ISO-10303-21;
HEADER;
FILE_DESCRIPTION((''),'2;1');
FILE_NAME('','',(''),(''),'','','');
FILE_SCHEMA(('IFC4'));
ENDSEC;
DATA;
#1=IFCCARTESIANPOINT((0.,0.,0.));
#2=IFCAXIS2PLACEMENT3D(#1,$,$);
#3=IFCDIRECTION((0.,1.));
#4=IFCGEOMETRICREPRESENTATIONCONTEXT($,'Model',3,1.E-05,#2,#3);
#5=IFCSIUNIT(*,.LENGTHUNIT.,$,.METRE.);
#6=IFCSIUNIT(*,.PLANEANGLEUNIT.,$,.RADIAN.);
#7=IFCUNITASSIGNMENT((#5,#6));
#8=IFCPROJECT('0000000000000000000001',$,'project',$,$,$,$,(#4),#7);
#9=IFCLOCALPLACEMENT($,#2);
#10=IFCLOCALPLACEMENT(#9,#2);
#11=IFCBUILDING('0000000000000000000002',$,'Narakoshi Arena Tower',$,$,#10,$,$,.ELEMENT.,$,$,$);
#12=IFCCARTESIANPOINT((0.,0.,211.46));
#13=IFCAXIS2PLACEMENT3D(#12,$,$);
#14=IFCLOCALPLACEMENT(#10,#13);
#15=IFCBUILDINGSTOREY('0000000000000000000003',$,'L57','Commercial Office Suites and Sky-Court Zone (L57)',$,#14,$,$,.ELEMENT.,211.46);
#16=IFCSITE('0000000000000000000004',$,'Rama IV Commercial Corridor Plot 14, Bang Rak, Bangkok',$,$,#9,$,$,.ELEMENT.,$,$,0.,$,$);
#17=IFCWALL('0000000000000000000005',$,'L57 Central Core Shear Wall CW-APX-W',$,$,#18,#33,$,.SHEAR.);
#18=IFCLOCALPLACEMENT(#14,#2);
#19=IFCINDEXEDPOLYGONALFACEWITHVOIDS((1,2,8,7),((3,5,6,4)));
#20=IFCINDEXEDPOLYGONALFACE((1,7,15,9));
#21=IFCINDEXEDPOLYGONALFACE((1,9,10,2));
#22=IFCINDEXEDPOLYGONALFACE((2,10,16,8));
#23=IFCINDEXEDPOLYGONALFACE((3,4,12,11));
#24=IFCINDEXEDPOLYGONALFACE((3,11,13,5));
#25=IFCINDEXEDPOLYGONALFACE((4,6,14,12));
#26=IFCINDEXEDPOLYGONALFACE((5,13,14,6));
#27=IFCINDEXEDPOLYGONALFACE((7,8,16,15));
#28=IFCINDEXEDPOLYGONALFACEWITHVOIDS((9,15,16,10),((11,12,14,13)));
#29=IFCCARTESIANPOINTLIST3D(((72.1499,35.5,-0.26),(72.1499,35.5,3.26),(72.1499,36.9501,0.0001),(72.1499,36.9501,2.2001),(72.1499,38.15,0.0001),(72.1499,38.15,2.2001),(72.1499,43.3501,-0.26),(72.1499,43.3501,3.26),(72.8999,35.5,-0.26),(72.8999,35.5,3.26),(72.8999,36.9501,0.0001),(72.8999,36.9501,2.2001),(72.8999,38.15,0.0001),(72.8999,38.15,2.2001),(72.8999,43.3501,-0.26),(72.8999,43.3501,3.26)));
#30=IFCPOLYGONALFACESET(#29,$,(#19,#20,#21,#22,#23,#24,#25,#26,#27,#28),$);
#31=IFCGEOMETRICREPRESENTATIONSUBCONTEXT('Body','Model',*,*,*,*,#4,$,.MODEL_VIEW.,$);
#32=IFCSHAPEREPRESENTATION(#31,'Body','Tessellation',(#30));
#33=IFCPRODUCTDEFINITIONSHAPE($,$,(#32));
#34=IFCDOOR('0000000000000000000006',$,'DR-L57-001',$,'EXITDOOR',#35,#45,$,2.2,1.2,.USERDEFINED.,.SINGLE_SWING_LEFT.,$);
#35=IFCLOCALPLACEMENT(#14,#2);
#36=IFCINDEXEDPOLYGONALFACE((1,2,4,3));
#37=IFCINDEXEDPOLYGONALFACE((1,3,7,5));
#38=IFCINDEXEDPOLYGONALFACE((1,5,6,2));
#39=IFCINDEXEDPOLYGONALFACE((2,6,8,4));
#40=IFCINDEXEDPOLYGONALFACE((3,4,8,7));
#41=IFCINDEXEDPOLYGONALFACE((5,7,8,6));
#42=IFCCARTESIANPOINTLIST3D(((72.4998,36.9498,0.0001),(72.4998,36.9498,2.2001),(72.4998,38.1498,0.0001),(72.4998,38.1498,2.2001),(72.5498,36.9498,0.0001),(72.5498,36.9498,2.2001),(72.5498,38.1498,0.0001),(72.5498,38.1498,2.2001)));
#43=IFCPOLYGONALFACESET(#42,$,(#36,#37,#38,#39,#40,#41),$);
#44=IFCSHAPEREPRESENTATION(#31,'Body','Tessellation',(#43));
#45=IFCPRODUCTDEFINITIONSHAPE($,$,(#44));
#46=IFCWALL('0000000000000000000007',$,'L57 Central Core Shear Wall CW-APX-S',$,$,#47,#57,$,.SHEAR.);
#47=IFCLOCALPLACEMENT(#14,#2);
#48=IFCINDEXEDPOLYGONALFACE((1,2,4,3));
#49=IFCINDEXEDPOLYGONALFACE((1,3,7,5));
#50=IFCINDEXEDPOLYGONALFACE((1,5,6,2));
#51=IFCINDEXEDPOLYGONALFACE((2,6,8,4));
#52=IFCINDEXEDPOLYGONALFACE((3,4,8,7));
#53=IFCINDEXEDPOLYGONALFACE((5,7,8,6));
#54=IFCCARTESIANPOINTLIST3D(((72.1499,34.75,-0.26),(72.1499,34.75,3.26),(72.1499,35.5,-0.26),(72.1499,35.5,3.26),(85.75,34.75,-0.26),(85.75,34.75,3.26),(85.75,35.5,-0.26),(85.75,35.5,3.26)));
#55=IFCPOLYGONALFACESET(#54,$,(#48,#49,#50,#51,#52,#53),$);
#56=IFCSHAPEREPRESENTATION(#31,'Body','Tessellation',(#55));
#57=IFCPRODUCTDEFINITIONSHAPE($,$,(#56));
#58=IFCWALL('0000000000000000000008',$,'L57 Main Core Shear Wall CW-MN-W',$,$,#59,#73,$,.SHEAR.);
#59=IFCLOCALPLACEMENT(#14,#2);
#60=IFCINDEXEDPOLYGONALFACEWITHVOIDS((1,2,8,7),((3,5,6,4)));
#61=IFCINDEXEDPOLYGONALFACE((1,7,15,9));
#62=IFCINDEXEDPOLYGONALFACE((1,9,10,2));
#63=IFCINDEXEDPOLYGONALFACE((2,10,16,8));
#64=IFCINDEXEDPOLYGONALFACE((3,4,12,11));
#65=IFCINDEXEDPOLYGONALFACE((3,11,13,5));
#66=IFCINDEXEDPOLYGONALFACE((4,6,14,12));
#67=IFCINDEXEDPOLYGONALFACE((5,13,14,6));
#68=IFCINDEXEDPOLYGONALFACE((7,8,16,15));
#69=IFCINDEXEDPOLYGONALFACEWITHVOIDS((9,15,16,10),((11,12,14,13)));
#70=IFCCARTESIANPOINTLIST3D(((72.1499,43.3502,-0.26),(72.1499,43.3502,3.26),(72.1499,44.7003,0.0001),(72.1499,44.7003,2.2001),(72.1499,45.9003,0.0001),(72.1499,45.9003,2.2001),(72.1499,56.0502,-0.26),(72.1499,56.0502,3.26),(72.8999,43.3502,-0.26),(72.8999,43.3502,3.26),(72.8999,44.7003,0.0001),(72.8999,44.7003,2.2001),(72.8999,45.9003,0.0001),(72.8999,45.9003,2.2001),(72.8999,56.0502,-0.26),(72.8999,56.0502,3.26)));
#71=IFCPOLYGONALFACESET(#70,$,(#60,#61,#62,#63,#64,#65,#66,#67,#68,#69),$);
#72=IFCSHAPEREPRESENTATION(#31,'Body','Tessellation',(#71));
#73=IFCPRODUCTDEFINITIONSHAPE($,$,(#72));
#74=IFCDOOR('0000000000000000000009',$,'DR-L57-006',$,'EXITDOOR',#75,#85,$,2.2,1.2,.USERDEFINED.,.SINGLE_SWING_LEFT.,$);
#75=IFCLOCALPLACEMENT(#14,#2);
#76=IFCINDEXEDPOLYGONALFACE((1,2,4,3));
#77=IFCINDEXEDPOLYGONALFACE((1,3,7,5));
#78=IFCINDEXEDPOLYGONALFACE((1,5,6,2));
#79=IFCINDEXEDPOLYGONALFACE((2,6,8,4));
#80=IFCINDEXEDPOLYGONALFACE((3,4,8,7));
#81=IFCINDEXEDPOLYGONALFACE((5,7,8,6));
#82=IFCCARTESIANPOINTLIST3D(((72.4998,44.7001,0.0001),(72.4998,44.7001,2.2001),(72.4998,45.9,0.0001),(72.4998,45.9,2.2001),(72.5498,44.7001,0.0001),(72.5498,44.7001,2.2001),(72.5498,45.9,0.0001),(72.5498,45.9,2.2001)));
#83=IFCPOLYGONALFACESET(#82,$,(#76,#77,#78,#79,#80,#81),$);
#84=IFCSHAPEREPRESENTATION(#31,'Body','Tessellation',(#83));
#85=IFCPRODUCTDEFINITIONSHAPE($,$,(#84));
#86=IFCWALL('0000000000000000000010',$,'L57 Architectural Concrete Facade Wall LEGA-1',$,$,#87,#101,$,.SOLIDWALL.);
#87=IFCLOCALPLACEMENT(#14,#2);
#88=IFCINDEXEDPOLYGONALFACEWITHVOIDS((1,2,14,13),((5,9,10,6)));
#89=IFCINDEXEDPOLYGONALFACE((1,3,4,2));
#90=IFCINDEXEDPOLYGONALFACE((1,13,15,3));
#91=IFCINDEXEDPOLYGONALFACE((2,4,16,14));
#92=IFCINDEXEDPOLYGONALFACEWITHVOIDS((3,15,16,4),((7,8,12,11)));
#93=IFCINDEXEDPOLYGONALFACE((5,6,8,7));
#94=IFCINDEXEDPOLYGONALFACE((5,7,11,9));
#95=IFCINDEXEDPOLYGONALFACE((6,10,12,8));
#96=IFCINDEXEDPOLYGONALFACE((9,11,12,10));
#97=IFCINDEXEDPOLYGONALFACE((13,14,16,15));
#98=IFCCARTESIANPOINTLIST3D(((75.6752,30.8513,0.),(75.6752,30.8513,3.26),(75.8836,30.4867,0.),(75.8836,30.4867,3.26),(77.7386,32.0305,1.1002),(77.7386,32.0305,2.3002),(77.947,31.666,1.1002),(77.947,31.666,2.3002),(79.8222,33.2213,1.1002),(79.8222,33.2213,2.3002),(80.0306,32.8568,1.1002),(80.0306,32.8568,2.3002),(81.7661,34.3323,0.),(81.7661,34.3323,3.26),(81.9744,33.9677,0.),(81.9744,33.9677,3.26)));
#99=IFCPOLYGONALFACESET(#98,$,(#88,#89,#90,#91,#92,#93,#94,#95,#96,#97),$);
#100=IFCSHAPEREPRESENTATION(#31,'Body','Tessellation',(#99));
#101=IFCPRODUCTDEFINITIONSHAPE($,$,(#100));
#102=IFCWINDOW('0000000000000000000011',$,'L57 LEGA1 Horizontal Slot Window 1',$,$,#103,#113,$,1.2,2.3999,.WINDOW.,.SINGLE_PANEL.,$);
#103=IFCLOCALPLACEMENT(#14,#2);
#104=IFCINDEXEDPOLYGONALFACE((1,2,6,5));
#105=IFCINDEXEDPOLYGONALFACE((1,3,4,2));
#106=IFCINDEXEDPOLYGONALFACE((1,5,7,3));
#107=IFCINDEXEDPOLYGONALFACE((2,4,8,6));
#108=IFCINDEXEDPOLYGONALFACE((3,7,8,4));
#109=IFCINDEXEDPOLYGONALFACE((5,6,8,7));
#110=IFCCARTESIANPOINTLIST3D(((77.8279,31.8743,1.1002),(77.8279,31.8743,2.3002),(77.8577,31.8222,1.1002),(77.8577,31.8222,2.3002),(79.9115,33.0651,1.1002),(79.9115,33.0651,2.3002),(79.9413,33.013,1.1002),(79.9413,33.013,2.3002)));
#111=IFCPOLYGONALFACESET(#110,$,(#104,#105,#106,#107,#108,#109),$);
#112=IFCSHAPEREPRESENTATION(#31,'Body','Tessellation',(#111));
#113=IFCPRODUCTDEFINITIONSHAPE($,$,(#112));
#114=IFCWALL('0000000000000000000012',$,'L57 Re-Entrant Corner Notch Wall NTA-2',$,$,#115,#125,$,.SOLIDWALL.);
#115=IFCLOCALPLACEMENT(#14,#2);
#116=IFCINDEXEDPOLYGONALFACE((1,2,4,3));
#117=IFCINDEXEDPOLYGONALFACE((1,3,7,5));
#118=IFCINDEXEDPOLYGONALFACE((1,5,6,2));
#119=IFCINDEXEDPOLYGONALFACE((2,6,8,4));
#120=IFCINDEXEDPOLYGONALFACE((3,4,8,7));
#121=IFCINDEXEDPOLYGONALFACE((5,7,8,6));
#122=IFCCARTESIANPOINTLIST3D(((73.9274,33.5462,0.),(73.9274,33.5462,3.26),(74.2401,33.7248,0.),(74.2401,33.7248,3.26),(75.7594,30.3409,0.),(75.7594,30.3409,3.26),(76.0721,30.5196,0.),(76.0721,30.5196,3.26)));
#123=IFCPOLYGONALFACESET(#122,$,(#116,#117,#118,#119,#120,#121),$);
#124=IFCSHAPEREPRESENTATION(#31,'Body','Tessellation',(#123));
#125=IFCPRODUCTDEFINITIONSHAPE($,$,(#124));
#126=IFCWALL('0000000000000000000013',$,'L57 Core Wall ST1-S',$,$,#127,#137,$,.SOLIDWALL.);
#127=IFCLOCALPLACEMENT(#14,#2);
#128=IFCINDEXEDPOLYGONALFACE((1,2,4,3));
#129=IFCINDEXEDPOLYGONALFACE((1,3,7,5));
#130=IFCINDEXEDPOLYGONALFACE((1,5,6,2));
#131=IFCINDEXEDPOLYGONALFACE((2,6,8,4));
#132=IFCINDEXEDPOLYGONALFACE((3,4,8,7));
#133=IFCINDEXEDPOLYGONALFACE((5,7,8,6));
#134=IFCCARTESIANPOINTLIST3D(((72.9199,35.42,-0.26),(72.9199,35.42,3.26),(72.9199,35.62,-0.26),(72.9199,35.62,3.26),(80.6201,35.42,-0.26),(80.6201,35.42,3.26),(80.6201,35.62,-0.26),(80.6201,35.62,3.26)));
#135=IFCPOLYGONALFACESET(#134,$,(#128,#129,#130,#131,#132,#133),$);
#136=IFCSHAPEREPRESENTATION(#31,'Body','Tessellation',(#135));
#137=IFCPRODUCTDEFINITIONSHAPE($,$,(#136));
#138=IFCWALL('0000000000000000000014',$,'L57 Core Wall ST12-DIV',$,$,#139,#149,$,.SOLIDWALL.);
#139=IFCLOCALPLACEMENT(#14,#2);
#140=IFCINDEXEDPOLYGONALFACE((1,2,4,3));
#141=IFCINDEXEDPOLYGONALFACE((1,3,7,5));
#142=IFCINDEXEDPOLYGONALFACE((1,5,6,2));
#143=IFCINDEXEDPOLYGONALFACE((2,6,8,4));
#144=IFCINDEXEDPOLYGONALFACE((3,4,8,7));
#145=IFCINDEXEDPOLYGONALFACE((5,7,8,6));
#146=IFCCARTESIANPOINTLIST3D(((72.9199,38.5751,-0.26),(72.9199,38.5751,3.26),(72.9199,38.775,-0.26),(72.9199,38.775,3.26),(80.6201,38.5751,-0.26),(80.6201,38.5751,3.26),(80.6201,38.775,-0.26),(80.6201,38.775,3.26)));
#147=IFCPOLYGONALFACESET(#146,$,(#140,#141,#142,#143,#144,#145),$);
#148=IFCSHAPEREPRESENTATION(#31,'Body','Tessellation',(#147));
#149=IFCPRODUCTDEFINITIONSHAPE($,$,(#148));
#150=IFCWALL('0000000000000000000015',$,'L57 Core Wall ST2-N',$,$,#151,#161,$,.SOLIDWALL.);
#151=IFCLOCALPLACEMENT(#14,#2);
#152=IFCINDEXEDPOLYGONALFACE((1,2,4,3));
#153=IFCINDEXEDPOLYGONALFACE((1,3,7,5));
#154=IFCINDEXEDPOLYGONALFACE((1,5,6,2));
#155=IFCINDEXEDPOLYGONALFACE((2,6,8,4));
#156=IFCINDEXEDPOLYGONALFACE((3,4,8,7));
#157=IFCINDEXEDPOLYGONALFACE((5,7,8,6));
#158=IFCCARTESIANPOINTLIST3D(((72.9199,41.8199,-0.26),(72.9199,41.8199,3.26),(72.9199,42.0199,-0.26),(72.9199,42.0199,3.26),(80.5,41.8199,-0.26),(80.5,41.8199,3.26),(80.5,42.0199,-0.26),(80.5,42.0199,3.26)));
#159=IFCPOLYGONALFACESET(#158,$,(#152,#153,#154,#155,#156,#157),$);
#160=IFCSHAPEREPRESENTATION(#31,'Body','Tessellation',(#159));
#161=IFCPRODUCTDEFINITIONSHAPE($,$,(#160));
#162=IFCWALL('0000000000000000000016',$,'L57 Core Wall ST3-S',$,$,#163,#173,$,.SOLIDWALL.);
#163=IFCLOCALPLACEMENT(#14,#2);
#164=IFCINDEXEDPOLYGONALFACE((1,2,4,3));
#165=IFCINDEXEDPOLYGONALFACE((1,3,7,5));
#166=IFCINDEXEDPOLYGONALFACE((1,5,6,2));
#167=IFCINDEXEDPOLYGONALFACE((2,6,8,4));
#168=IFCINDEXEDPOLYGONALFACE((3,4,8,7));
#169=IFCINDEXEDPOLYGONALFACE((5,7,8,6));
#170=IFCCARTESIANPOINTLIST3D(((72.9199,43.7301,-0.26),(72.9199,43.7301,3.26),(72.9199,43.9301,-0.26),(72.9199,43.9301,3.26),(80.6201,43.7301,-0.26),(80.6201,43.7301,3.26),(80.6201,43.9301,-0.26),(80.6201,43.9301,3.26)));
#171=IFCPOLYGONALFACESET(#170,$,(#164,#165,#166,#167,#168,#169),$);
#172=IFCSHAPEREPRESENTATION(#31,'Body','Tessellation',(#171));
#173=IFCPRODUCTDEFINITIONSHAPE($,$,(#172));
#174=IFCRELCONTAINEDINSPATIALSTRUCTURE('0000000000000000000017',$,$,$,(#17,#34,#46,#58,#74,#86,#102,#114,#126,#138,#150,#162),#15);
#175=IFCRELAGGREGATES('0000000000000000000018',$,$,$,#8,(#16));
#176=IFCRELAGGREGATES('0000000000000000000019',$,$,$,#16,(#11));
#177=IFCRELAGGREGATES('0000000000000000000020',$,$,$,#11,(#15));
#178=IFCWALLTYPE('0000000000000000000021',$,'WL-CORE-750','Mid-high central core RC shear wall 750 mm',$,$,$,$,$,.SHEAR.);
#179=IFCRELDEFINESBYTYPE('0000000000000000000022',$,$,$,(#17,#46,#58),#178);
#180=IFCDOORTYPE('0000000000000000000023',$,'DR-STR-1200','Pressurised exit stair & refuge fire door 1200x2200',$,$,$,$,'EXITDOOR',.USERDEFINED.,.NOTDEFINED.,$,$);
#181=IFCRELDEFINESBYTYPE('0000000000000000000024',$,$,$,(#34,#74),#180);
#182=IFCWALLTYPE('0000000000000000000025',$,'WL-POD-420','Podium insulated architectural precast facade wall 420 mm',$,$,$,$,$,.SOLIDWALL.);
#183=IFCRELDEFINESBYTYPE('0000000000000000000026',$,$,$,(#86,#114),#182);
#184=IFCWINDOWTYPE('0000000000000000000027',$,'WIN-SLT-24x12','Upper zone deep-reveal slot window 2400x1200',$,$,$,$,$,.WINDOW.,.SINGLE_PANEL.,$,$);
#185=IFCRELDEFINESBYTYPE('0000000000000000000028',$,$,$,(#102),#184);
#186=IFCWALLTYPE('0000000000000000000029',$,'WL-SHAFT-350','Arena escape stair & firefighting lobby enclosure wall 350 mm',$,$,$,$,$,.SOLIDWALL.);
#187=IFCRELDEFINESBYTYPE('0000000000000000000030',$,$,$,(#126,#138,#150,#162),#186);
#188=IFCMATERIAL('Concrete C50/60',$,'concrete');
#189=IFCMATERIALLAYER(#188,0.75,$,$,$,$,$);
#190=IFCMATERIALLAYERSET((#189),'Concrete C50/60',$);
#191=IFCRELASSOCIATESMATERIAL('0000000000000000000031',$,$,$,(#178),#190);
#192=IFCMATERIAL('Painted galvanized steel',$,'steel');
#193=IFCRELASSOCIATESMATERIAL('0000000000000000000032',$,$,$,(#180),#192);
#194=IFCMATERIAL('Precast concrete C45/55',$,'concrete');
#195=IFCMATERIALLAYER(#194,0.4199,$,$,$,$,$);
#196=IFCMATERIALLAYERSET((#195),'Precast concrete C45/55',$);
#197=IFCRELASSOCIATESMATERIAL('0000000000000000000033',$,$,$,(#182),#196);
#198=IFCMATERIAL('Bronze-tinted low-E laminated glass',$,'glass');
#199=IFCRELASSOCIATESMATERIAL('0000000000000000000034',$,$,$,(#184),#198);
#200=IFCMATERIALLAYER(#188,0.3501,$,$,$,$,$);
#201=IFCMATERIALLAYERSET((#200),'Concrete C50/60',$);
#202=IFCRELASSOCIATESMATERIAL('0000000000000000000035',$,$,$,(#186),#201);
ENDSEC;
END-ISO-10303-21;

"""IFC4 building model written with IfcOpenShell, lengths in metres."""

from ifc_helpers import new_model, si_unit, direction, frame, frame_2d, origin, place, context, subcontext, project, spatial, rectangle, extrude, material, layer, layer_set, type_object, element, fill, save


model = new_model("IFC4")

# Units and contexts
model_context = context("Model", 3, precision=1e-05, world=origin(), true_north=direction((0.0, 1.0)))
body_context = subcontext(model_context, "Body", "Model", "MODEL_VIEW")
ifc_project = project(units=[si_unit("LENGTHUNIT", "METRE"), si_unit("PLANEANGLEUNIT", "RADIAN")], contexts=[model_context])

# Site, building, storey
site_placement = place(None, origin())
site = spatial("IfcSite", under=ifc_project, at=site_placement, Name="Rama IV Commercial Corridor Plot 14, Bang Rak, Bangkok", CompositionType="ELEMENT", RefElevation=0.0)
building_placement = place(site_placement, origin())
building = spatial("IfcBuilding", under=site, at=building_placement, Name="Narakoshi Arena Tower", CompositionType="ELEMENT")
storey_placement = place(building_placement, frame((0.0, 0.0, 211.46)))
storey = spatial("IfcBuildingStorey", under=building, at=storey_placement, Name="L57", Description="Commercial Office Suites and Sky-Court Zone (L57)", CompositionType="ELEMENT", Elevation=211.46)

# Wall, opening, door
ifc_material_1 = material(Name="Concrete C50/60", Category="concrete")
ifc_layer_1 = layer(ifc_material_1, 0.75)
ifc_layer_set_1 = layer_set([ifc_layer_1], Name="Concrete C50/60")
wall_type_1 = type_object("IfcWallType", Name="WL-CORE-750", Description="Mid-high central core RC shear wall 750 mm", PredefinedType="SHEAR", material=ifc_layer_set_1)
wall_1_placement = place(storey_placement, frame((72.5249, 35.5, -0.26), z_axis=(0.0, 0.0, 1.0), x_axis=(0.0, 1.0, 0.0)))
wall_1 = element("IfcWall", 1, at=wall_1_placement, inside=storey, type_object=wall_type_1, Name="L57 Central Core Shear Wall CW-APX-W", PredefinedType="SHEAR", context=body_context, shape_type="SweptSolid", body=[
    extrude(rectangle(XDim=7.8501, YDim=0.75, at=frame_2d((3.925, 0.0))), origin(), (0.0, 0.0, 1.0), 3.52),
])
opening_1_placement = place(wall_1_placement, frame((1.45, 0.0, 0.26)))
opening_1 = element("IfcOpeningElement", 2, at=opening_1_placement, cuts=wall_1, PredefinedType="OPENING", context=body_context, shape_type="SweptSolid", body=[
    extrude(rectangle(XDim=1.2, YDim=2.2, at=frame_2d((0.6001, 1.1001))), frame((0.0, 0.385, 0.0), z_axis=(0.0, -1.0, 0.0), x_axis=(1.0, 0.0, 0.0)), (0.0, 0.0, 1.0), 0.77),
])
ifc_material_2 = material(Name="Painted galvanized steel", Category="steel")
door_type = type_object("IfcDoorType", Name="DR-STR-1200", Description="Pressurised exit stair & refuge fire door 1200x2200", ElementType="EXITDOOR", OperationType="NOTDEFINED", PredefinedType="USERDEFINED", material=ifc_material_2)
door_1_placement = place(opening_1_placement, frame((1.2, 0.0, 0.0), z_axis=(0.0, 0.0, 1.0), x_axis=(-1.0, 0.0, 0.0)))
door_1 = element("IfcDoor", 3, at=door_1_placement, inside=storey, type_object=door_type, Name="DR-L57-001", ObjectType="EXITDOOR", OperationType="SINGLE_SWING_LEFT", OverallHeight=2.2, OverallWidth=1.2, PredefinedType="USERDEFINED", context=body_context, shape_type="SweptSolid", body=[
    extrude(rectangle(XDim=1.2, YDim=2.2, at=frame_2d((0.6001, 1.1001))), frame((0.0, 0.0249, 0.0), z_axis=(0.0, -1.0, 0.0), x_axis=(1.0, 0.0, 0.0)), (0.0, 0.0, 1.0), 0.05),
])
fill(opening_1, door_1)

# Wall
wall_2_placement = place(storey_placement, frame((72.1499, 35.125, -0.26), z_axis=(0.0, 0.0, 1.0), x_axis=(1.0, 0.0, 0.0)))
element("IfcWall", 4, at=wall_2_placement, inside=storey, type_object=wall_type_1, Name="L57 Central Core Shear Wall CW-APX-S", PredefinedType="SHEAR", context=body_context, shape_type="SweptSolid", body=[
    extrude(rectangle(XDim=13.6001, YDim=0.75, at=frame_2d((6.8, 0.0))), origin(), (0.0, 0.0, 1.0), 3.52),
])

# Wall, opening, door
wall_3_placement = place(storey_placement, frame((72.5249, 43.3501, -0.26), z_axis=(0.0, 0.0, 1.0), x_axis=(0.0, 1.0, 0.0)))
wall_3 = element("IfcWall", 5, at=wall_3_placement, inside=storey, type_object=wall_type_1, Name="L57 Main Core Shear Wall CW-MN-W", PredefinedType="SHEAR", context=body_context, shape_type="SweptSolid", body=[
    extrude(rectangle(XDim=12.7, YDim=0.75, at=frame_2d((6.3501, 0.0))), origin(), (0.0, 0.0, 1.0), 3.52),
])
opening_2_placement = place(wall_3_placement, frame((1.3501, 0.0, 0.26)))
opening_2 = element("IfcOpeningElement", 6, at=opening_2_placement, cuts=wall_3, PredefinedType="OPENING", context=body_context, shape_type="SweptSolid", body=[
    extrude(rectangle(XDim=1.2, YDim=2.2, at=frame_2d((0.6001, 1.1001))), frame((0.0, 0.385, 0.0), z_axis=(0.0, -1.0, 0.0), x_axis=(1.0, 0.0, 0.0)), (0.0, 0.0, 1.0), 0.77),
])
door_2_placement = place(opening_2_placement, frame((1.2, 0.0, 0.0), z_axis=(0.0, 0.0, 1.0), x_axis=(-1.0, 0.0, 0.0)))
door_2 = element("IfcDoor", 7, at=door_2_placement, inside=storey, type_object=door_type, Name="DR-L57-006", ObjectType="EXITDOOR", OperationType="SINGLE_SWING_LEFT", OverallHeight=2.2, OverallWidth=1.2, PredefinedType="USERDEFINED", context=body_context, shape_type="SweptSolid", body=[
    extrude(rectangle(XDim=1.2, YDim=2.2, at=frame_2d((0.6001, 1.1001))), frame((0.0, 0.0249, 0.0), z_axis=(0.0, -1.0, 0.0), x_axis=(1.0, 0.0, 0.0)), (0.0, 0.0, 1.0), 0.05),
])
fill(opening_2, door_2)

# Wall, opening, window
ifc_material_3 = material(Name="Precast concrete C45/55", Category="concrete")
ifc_layer_2 = layer(ifc_material_3, 0.4199)
ifc_layer_set_2 = layer_set([ifc_layer_2], Name="Precast concrete C45/55")
wall_type_2 = type_object("IfcWallType", Name="WL-POD-420", Description="Podium insulated architectural precast facade wall 420 mm", PredefinedType="SOLIDWALL", material=ifc_layer_set_2)
wall_4_placement = place(storey_placement, frame((75.7793, 30.6689, 0.0), z_axis=(0.0, 0.0, 1.0), x_axis=(0.868213, 0.496191, 0.0)))
wall_4 = element("IfcWall", 8, at=wall_4_placement, inside=storey, type_object=wall_type_2, Name="L57 Architectural Concrete Facade Wall LEGA-1", PredefinedType="SOLIDWALL", context=body_context, shape_type="SweptSolid", body=[
    extrude(rectangle(XDim=7.0154, YDim=0.4199, at=frame_2d((3.5078, 0.0))), origin(), (0.0, 0.0, 1.0), 3.26),
])
opening_3_placement = place(wall_4_placement, frame((2.3767, 0.0, 1.1001)))
opening_3 = element("IfcOpeningElement", 9, at=opening_3_placement, cuts=wall_4, PredefinedType="OPENING", context=body_context, shape_type="SweptSolid", body=[
    extrude(rectangle(XDim=2.3999, YDim=1.2, at=frame_2d((1.2, 0.6001))), frame((0.0, 0.22, 0.0), z_axis=(0.0, -1.0, 0.0), x_axis=(1.0, 0.0, 0.0)), (0.0, 0.0, 1.0), 0.4399),
])
ifc_material_4 = material(Name="Bronze-tinted low-E laminated glass", Category="glass")
window_type = type_object("IfcWindowType", Name="WIN-SLT-24x12", Description="Upper zone deep-reveal slot window 2400x1200", PartitioningType="SINGLE_PANEL", PredefinedType="WINDOW", material=ifc_material_4)
window_placement = place(opening_3_placement, origin())
window = element("IfcWindow", 10, at=window_placement, inside=storey, type_object=window_type, Name="L57 LEGA1 Horizontal Slot Window 1", OverallHeight=1.2, OverallWidth=2.3999, PartitioningType="SINGLE_PANEL", PredefinedType="WINDOW", context=body_context, shape_type="SweptSolid", body=[
    extrude(rectangle(XDim=2.3999, YDim=1.2, at=frame_2d((1.2, 0.6001))), frame((0.0, 0.03, 0.0), z_axis=(0.0, -1.0, 0.0), x_axis=(1.0, 0.0, 0.0)), (0.0, 0.0, 1.0), 0.0601),
])
fill(opening_3, window)

# Walls
wall_5_placement = place(storey_placement, frame((74.0837, 33.6355, 0.0), z_axis=(0.0, 0.0, 1.0), x_axis=(0.496224, -0.868194, 0.0)))
element("IfcWall", 11, at=wall_5_placement, inside=storey, type_object=wall_type_2, Name="L57 Re-Entrant Corner Notch Wall NTA-2", PredefinedType="SOLIDWALL", context=body_context, shape_type="SweptSolid", body=[
    extrude(rectangle(XDim=3.6919, YDim=0.3601, at=frame_2d((1.8459, 0.0))), origin(), (0.0, 0.0, 1.0), 3.26),
])
ifc_layer_3 = layer(ifc_material_1, 0.3501)
ifc_layer_set_3 = layer_set([ifc_layer_3], Name="Concrete C50/60")
wall_type_3 = type_object("IfcWallType", Name="WL-SHAFT-350", Description="Arena escape stair & firefighting lobby enclosure wall 350 mm", PredefinedType="SOLIDWALL", material=ifc_layer_set_3)
for number, where, z_axis, x_axis, name in (
    (12, (72.9199, 35.52, -0.26), (0.0, 0.0, 1.0), (1.0, 0.0, 0.0), "L57 Core Wall ST1-S"),
    (13, (72.9199, 38.675, -0.26), (0.0, 0.0, 1.0), (1.0, 0.0, 0.0), "L57 Core Wall ST12-DIV"),
):
    element("IfcWall", number, at=place(storey_placement, frame(where, z_axis=z_axis, x_axis=x_axis)), inside=storey, type_object=wall_type_3, Name=name, PredefinedType="SOLIDWALL", context=body_context, shape_type="SweptSolid", body=[
        extrude(rectangle(XDim=7.7002, YDim=0.2, at=frame_2d((3.8501, 0.0))), origin(), (0.0, 0.0, 1.0), 3.52),
    ])
wall_6_placement = place(storey_placement, frame((72.9199, 41.9199, -0.26), z_axis=(0.0, 0.0, 1.0), x_axis=(1.0, 0.0, 0.0)))
element("IfcWall", 14, at=wall_6_placement, inside=storey, type_object=wall_type_3, Name="L57 Core Wall ST2-N", PredefinedType="SOLIDWALL", context=body_context, shape_type="SweptSolid", body=[
    extrude(rectangle(XDim=7.5801, YDim=0.2, at=frame_2d((3.79, 0.0))), origin(), (0.0, 0.0, 1.0), 3.52),
])
wall_7_placement = place(storey_placement, frame((72.9199, 43.8301, -0.26), z_axis=(0.0, 0.0, 1.0), x_axis=(1.0, 0.0, 0.0)))
element("IfcWall", 15, at=wall_7_placement, inside=storey, type_object=wall_type_3, Name="L57 Core Wall ST3-S", PredefinedType="SOLIDWALL", context=body_context, shape_type="SweptSolid", body=[
    extrude(rectangle(XDim=7.7002, YDim=0.2, at=frame_2d((3.8501, 0.0))), origin(), (0.0, 0.0, 1.0), 3.52),
])

save(model, "model.ifc")
